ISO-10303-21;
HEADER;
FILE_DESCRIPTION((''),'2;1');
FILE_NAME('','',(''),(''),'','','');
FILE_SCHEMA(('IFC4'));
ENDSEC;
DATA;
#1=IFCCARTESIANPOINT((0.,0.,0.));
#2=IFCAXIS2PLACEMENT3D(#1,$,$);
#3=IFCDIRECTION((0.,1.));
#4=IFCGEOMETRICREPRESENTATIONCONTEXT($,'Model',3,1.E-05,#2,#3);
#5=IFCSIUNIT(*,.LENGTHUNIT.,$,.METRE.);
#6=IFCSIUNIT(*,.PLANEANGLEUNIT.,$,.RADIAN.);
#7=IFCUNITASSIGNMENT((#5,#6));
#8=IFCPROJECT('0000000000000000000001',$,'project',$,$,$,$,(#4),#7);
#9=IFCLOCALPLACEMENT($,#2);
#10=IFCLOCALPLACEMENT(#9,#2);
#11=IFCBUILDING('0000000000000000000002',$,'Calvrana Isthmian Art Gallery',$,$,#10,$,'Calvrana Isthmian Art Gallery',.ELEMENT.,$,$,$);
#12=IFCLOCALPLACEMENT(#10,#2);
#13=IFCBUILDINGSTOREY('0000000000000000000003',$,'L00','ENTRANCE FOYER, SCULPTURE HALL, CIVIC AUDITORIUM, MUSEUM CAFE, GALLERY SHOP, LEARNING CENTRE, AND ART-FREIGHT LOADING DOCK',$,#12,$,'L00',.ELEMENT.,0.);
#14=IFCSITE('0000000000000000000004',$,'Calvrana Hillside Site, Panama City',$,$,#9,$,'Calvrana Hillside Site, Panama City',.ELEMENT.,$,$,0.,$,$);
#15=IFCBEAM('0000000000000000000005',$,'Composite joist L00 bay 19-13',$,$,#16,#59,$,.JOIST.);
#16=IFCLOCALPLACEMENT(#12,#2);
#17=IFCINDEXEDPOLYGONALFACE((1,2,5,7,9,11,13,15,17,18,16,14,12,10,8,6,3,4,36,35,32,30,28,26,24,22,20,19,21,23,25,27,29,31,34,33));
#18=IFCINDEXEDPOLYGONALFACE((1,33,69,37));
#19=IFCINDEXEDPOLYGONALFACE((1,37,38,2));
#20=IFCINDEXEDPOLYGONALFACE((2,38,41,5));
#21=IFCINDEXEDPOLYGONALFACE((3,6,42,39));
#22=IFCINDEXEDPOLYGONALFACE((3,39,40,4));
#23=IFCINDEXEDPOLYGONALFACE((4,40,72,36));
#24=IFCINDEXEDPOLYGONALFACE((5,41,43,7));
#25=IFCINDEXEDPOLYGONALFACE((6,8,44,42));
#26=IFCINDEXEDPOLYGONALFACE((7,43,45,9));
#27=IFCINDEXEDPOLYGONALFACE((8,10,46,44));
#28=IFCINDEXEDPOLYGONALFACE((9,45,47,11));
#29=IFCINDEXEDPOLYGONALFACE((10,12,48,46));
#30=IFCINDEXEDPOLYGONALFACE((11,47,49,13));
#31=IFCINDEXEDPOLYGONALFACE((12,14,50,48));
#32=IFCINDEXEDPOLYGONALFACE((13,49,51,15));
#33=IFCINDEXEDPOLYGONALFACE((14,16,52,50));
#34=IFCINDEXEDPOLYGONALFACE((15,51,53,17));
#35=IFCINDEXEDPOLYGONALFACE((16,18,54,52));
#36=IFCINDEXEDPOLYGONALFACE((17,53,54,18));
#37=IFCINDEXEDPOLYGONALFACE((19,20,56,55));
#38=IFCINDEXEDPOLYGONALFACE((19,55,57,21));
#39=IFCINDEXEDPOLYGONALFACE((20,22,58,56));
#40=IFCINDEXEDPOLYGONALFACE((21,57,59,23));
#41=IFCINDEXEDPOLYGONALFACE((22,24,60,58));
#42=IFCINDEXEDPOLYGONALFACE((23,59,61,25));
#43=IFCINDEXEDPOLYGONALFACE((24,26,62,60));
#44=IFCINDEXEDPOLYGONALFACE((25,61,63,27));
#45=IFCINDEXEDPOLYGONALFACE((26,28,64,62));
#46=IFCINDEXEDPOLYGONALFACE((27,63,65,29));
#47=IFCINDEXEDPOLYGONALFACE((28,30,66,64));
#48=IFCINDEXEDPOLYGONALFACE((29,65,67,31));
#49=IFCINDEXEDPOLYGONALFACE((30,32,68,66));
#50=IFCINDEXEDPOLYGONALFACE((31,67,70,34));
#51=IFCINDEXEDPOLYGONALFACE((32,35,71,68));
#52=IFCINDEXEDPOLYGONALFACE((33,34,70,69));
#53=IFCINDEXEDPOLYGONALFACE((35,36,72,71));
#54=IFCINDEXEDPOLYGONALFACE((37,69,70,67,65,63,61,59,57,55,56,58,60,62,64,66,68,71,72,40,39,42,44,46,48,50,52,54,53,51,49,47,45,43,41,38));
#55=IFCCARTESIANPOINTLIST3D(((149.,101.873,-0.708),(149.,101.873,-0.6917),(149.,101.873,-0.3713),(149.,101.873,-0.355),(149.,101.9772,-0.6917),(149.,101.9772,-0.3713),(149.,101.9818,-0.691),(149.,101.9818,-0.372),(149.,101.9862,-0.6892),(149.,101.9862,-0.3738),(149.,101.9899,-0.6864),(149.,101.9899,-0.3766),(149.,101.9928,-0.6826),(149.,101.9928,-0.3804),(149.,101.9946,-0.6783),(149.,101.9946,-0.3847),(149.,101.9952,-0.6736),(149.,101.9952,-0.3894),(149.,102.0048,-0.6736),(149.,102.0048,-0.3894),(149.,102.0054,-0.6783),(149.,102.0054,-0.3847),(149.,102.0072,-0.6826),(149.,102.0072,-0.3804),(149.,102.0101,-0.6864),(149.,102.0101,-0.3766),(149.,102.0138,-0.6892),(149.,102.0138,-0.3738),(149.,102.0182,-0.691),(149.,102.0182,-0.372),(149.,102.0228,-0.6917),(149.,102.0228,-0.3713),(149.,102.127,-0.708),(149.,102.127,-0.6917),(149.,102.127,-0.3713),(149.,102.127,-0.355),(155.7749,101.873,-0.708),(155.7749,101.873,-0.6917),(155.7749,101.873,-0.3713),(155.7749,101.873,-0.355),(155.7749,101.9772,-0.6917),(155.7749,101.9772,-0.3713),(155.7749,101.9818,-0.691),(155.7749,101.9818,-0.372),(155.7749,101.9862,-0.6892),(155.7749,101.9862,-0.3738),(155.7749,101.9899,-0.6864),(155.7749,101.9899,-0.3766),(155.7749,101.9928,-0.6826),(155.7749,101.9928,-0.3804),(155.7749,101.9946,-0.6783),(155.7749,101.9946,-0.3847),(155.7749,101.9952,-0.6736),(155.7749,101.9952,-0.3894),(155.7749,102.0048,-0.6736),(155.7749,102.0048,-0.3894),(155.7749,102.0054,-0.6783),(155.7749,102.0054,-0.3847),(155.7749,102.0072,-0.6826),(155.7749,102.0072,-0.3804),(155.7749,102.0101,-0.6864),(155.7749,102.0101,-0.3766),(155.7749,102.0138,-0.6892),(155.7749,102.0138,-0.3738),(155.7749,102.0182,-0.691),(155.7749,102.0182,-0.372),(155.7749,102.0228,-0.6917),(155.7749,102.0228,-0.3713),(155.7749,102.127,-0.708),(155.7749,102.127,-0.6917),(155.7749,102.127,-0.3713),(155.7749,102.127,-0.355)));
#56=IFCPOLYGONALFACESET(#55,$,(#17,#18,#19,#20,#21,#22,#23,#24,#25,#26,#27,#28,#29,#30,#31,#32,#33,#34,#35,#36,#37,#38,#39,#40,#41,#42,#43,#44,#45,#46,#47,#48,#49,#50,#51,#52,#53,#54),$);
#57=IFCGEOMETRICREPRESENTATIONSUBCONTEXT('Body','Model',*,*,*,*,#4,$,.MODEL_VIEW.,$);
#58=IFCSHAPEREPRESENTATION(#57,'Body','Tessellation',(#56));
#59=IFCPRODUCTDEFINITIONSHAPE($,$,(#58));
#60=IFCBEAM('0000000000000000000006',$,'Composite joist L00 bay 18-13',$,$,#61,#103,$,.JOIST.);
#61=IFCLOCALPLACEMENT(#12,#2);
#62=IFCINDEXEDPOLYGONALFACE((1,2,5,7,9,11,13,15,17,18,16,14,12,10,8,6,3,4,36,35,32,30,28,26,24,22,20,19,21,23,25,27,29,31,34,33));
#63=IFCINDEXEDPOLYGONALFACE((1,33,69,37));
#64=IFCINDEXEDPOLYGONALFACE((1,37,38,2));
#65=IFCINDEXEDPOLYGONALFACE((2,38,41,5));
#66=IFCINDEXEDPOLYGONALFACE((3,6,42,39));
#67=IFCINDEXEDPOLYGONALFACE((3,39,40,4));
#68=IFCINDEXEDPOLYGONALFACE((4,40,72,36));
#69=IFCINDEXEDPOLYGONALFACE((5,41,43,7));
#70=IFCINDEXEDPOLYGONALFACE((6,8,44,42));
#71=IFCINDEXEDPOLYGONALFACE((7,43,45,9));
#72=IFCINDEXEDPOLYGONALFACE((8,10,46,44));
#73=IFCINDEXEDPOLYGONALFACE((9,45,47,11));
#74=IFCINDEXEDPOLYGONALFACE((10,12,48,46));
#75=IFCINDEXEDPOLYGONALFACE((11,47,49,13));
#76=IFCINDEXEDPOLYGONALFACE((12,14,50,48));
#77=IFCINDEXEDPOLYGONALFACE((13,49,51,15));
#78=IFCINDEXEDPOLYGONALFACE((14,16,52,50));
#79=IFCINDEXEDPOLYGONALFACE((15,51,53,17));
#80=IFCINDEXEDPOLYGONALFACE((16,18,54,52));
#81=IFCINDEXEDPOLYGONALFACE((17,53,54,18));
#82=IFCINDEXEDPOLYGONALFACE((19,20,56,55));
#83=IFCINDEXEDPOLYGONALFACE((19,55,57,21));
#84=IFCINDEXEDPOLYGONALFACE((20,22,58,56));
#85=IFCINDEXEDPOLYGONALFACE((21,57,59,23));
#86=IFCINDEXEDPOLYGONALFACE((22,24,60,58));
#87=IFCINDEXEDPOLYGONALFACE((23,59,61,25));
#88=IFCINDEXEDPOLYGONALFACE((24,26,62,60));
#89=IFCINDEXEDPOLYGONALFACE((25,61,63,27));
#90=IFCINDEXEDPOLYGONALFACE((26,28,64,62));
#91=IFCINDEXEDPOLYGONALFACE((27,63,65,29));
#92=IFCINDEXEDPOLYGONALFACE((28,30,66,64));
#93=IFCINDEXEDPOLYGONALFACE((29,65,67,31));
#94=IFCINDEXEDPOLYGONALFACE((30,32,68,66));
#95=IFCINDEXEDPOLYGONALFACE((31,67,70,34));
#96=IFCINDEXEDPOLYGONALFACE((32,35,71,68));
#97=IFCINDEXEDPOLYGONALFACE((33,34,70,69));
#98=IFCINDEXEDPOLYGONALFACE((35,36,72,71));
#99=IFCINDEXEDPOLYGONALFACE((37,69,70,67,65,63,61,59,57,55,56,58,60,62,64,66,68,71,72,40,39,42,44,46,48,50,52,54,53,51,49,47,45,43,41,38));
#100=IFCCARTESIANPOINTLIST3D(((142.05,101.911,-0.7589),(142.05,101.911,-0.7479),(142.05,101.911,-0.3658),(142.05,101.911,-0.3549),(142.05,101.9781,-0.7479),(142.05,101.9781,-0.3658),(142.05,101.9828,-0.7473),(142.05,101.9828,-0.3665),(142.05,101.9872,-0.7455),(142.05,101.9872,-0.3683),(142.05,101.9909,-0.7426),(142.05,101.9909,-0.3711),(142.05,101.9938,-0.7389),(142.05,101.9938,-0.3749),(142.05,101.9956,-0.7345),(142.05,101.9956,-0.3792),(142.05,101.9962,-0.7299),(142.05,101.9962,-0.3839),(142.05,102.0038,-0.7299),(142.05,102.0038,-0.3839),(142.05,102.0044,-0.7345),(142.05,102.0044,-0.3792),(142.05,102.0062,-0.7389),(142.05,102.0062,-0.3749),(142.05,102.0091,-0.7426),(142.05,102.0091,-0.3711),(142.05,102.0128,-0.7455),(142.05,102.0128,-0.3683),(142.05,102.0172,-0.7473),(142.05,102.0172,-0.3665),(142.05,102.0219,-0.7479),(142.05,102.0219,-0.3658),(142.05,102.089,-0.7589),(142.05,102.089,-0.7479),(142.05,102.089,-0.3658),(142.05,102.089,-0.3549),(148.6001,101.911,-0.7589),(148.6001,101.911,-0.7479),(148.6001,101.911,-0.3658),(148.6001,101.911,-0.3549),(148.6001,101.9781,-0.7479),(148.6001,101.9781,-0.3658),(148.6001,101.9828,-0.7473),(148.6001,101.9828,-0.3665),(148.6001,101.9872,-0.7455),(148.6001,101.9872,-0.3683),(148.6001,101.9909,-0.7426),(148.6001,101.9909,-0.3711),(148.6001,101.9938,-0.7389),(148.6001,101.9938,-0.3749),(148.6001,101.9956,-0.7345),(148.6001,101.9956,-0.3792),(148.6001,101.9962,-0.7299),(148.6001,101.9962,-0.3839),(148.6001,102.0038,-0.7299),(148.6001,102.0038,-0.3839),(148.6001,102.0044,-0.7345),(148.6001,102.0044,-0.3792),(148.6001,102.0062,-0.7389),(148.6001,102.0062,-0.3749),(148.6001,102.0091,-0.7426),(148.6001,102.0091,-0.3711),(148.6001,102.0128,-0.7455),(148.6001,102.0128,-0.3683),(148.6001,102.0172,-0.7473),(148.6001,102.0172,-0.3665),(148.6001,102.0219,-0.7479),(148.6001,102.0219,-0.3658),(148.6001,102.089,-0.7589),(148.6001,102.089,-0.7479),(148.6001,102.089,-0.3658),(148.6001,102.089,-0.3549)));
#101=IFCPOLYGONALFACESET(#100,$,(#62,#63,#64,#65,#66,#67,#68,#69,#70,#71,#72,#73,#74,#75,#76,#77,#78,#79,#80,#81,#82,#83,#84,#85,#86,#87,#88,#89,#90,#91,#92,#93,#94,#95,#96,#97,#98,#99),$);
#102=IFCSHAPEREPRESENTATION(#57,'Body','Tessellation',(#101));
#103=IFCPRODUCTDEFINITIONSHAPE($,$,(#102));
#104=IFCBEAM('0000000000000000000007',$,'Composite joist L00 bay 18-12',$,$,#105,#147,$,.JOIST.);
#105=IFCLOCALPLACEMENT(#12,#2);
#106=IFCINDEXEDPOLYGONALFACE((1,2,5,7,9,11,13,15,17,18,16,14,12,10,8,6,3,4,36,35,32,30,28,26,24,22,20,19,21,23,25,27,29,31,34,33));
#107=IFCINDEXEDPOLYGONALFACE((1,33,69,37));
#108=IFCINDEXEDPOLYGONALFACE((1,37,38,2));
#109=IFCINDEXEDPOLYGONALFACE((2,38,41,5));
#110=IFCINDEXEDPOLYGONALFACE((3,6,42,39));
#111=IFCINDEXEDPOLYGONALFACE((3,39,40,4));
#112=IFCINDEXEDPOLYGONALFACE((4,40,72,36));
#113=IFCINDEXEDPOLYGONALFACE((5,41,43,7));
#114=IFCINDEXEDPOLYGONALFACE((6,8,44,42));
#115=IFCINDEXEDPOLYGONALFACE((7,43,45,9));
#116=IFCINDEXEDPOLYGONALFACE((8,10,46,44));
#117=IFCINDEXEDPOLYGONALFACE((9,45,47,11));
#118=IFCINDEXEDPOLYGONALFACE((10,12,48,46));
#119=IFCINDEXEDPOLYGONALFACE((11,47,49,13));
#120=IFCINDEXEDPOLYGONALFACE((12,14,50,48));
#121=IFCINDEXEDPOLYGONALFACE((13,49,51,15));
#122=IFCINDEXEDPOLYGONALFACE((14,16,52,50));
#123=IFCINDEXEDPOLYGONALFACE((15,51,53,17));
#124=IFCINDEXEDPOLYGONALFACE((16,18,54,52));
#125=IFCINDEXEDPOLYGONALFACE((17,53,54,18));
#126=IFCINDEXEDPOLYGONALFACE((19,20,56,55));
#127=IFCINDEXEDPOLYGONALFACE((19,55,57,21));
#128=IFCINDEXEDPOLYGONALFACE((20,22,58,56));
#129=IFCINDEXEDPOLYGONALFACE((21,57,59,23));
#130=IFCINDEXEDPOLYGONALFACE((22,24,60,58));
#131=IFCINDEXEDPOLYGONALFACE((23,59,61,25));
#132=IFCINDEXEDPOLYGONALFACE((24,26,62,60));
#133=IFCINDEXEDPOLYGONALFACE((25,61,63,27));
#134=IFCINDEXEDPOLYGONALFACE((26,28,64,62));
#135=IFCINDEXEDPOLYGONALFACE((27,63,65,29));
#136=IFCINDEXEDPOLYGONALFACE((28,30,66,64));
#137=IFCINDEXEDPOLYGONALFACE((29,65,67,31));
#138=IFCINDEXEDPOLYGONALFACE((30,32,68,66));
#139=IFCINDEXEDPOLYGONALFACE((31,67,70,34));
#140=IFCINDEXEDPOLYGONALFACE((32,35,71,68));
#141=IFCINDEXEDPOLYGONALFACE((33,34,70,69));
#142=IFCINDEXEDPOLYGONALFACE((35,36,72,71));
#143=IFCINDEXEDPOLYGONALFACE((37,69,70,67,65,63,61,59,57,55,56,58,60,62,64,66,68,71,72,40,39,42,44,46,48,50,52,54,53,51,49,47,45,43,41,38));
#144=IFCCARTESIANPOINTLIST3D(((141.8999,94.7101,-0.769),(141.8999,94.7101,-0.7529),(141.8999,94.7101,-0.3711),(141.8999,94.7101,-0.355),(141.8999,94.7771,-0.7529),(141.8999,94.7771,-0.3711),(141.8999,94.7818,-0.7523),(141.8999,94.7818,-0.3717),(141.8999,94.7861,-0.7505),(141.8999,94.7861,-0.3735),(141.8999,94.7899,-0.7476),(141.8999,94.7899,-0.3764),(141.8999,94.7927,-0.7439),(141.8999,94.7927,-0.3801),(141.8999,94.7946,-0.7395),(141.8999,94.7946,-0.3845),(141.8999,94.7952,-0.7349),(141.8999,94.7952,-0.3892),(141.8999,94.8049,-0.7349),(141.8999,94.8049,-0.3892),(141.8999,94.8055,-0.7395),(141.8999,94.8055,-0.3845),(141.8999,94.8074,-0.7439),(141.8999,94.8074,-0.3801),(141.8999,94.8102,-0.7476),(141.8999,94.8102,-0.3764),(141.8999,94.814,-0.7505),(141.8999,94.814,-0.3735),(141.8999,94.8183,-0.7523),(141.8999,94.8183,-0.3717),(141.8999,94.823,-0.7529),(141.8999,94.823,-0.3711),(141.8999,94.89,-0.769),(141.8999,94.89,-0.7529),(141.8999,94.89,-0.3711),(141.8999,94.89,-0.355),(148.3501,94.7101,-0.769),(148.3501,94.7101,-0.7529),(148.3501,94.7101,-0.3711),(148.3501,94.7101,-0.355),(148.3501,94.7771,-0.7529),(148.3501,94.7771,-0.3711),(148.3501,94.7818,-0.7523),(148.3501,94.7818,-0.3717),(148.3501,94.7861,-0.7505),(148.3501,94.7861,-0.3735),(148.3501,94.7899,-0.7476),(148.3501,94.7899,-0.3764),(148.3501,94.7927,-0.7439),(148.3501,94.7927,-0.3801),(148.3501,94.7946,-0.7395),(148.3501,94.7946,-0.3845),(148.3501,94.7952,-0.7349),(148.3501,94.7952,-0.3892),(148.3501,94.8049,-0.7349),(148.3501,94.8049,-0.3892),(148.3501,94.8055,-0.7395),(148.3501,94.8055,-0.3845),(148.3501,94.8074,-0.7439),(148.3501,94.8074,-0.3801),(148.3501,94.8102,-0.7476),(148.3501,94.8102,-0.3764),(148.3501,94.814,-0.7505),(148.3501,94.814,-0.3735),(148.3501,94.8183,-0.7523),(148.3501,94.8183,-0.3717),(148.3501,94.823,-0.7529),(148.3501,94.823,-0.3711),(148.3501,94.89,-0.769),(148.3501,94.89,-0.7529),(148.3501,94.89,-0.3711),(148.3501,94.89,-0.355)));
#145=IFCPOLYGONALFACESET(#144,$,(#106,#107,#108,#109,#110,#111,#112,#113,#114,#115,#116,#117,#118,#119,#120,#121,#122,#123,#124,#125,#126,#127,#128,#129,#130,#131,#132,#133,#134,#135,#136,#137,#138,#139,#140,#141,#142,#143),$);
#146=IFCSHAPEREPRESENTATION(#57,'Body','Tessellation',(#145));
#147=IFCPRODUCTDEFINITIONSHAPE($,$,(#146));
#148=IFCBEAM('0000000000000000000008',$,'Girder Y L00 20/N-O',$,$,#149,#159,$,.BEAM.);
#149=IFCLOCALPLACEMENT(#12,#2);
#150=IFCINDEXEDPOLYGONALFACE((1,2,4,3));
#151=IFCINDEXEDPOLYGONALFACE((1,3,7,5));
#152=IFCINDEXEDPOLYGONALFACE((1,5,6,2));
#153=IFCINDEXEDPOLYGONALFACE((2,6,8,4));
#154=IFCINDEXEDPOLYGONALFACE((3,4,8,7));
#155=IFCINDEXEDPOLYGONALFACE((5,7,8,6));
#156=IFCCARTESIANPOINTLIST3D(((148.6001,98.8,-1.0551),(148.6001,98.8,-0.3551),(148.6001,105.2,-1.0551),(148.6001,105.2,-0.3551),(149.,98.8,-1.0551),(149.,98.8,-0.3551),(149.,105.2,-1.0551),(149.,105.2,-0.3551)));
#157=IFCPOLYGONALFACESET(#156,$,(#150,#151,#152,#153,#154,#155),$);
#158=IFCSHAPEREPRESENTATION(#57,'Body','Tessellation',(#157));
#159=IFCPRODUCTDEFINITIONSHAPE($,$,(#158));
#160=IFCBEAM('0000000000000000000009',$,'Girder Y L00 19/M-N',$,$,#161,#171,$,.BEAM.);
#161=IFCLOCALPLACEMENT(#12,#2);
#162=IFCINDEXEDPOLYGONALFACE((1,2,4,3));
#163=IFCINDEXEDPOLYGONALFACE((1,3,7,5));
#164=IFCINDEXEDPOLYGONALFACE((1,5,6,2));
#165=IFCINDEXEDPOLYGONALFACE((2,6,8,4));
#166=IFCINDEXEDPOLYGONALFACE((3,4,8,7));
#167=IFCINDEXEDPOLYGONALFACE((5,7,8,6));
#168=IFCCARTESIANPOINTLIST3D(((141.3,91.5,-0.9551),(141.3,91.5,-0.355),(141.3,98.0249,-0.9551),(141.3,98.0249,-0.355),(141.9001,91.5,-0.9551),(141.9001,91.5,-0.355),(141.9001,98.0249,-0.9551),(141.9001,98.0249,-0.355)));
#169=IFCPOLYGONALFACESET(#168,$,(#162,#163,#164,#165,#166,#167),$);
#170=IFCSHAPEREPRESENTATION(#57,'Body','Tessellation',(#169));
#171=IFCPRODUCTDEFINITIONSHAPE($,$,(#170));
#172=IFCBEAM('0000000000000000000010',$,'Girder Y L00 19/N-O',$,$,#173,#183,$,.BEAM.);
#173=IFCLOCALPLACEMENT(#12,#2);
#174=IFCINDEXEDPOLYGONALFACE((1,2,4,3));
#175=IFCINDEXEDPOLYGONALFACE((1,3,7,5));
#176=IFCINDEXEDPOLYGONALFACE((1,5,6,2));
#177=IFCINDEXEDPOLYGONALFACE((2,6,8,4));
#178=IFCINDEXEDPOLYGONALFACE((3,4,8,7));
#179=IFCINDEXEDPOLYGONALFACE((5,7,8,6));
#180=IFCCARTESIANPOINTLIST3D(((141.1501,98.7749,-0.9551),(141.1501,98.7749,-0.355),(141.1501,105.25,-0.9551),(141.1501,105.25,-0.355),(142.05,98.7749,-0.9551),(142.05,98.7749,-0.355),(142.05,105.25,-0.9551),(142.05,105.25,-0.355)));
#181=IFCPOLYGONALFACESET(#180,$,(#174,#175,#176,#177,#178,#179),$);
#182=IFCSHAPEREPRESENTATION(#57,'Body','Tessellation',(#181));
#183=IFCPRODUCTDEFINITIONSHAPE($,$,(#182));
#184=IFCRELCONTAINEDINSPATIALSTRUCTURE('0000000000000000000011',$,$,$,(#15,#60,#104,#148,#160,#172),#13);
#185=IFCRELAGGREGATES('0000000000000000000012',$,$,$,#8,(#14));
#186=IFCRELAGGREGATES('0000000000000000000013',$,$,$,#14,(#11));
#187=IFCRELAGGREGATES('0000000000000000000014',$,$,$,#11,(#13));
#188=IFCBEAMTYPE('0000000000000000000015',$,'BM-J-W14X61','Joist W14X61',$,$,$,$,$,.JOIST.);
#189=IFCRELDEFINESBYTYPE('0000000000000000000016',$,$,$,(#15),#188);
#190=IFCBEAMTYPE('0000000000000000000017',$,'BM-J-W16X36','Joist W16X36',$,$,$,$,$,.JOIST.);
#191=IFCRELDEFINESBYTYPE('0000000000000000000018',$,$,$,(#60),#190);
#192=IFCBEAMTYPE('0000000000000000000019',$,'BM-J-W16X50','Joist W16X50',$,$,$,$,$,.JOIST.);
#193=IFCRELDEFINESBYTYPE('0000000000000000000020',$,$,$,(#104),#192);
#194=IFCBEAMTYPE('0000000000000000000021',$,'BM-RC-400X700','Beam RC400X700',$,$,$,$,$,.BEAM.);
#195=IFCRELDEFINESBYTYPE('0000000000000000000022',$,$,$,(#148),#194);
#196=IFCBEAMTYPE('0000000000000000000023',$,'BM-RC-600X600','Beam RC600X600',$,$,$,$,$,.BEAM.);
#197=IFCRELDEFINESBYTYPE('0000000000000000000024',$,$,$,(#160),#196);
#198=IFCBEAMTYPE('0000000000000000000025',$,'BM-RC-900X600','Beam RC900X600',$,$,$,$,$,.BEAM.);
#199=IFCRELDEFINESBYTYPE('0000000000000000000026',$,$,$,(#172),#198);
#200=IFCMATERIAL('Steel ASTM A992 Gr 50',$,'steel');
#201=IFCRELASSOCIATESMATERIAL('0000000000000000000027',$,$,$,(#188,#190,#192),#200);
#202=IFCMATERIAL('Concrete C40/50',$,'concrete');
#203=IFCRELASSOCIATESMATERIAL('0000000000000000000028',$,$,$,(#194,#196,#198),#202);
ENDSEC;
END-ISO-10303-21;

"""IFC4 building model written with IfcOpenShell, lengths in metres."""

from ifc_helpers import new_model, si_unit, direction, frame, origin, origin_2d, place, context, subcontext, project, spatial, rectangle, i_section, extrude, material, material_profile, profile_set, type_object, element, save


model = new_model("IFC4")

# Units and contexts
model_context = context("Model", 3, precision=1e-05, world=origin(), true_north=direction((0.0, 1.0)))
body_context = subcontext(model_context, "Body", "Model", "MODEL_VIEW")
ifc_project = project(units=[si_unit("LENGTHUNIT", "METRE"), si_unit("PLANEANGLEUNIT", "RADIAN")], contexts=[model_context])

# Site, building, storey
site_placement = place(None, origin())
site = spatial("IfcSite", under=ifc_project, at=site_placement, Name="Calvrana Hillside Site, Panama City", LongName="Calvrana Hillside Site, Panama City", CompositionType="ELEMENT", RefElevation=0.0)
building_placement = place(site_placement, origin())
building = spatial("IfcBuilding", under=site, at=building_placement, Name="Calvrana Isthmian Art Gallery", LongName="Calvrana Isthmian Art Gallery", CompositionType="ELEMENT")
storey_placement = place(building_placement, origin())
storey = spatial("IfcBuildingStorey", under=building, at=storey_placement, Name="L00", Description="ENTRANCE FOYER, SCULPTURE HALL, CIVIC AUDITORIUM, MUSEUM CAFE, GALLERY SHOP, LEARNING CENTRE, AND ART-FREIGHT LOADING DOCK", LongName="L00", CompositionType="ELEMENT", Elevation=0.0)

# Shared definitions
ifc_material_1 = material(Name="Concrete C40/50", Category="concrete")

# Beams
ifc_material_2 = material(Name="Steel ASTM A992 Gr 50", Category="steel")
ifc_material_profile_1 = material_profile(ifc_material_2, i_section(OverallWidth=0.2539, OverallDepth=0.353, WebThickness=0.0095, FlangeThickness=0.0164, FilletRadius=0.0181, at=origin_2d()), Name="W14X61")
ifc_profile_set_1 = profile_set([ifc_material_profile_1], Name="Steel ASTM A992 Gr 50")
beam_type_1 = type_object("IfcBeamType", Name="BM-J-W14X61", Description="Joist W14X61", PredefinedType="JOIST", material=ifc_profile_set_1)
beam_1_placement = place(storey_placement, frame((149.0, 102.0, -0.5315), z_axis=(1.0, 0.0, 0.0), x_axis=(0.0, 1.0, 0.0)))
element("IfcBeam", 1, at=beam_1_placement, inside=storey, type_object=beam_type_1, Name="Composite joist L00 bay 19-13", PredefinedType="JOIST", context=body_context, shape_type="SweptSolid", body=[
    extrude(i_section(OverallWidth=0.2539, OverallDepth=0.353, WebThickness=0.0095, FlangeThickness=0.0164, FilletRadius=0.0181, at=origin_2d()), origin(), (0.0, 0.0, 1.0), 6.7749),
])
ifc_material_profile_2 = material_profile(ifc_material_2, i_section(OverallWidth=0.178, OverallDepth=0.4041, WebThickness=0.0076, FlangeThickness=0.011, FilletRadius=0.0181, at=origin_2d()), Name="W16X36")
ifc_profile_set_2 = profile_set([ifc_material_profile_2], Name="Steel ASTM A992 Gr 50")
beam_type_2 = type_object("IfcBeamType", Name="BM-J-W16X36", Description="Joist W16X36", PredefinedType="JOIST", material=ifc_profile_set_2)
beam_2_placement = place(storey_placement, frame((142.05, 102.0, -0.5569), z_axis=(1.0, 0.0, 0.0), x_axis=(0.0, 1.0, 0.0)))
element("IfcBeam", 2, at=beam_2_placement, inside=storey, type_object=beam_type_2, Name="Composite joist L00 bay 18-13", PredefinedType="JOIST", context=body_context, shape_type="SweptSolid", body=[
    extrude(i_section(OverallWidth=0.178, OverallDepth=0.4041, WebThickness=0.0076, FlangeThickness=0.011, FilletRadius=0.0181, at=origin_2d()), origin(), (0.0, 0.0, 1.0), 6.55),
])
ifc_material_profile_3 = material_profile(ifc_material_2, i_section(OverallWidth=0.1799, OverallDepth=0.4141, WebThickness=0.0098, FlangeThickness=0.0161, FilletRadius=0.0181, at=origin_2d()), Name="W16X50")
ifc_profile_set_3 = profile_set([ifc_material_profile_3], Name="Steel ASTM A992 Gr 50")
beam_type_3 = type_object("IfcBeamType", Name="BM-J-W16X50", Description="Joist W16X50", PredefinedType="JOIST", material=ifc_profile_set_3)
beam_3_placement = place(storey_placement, frame((141.8999, 94.8, -0.562), z_axis=(1.0, 0.0, 0.0), x_axis=(0.0, 1.0, 0.0)))
element("IfcBeam", 3, at=beam_3_placement, inside=storey, type_object=beam_type_3, Name="Composite joist L00 bay 18-12", PredefinedType="JOIST", context=body_context, shape_type="SweptSolid", body=[
    extrude(i_section(OverallWidth=0.1799, OverallDepth=0.4141, WebThickness=0.0098, FlangeThickness=0.0161, FilletRadius=0.0181, at=origin_2d()), origin(), (0.0, 0.0, 1.0), 6.4502),
])
ifc_material_profile_4 = material_profile(ifc_material_1, rectangle(XDim=0.3999, YDim=0.7, at=origin_2d()), Name="RC400X700")
ifc_profile_set_4 = profile_set([ifc_material_profile_4], Name="Concrete C40/50")
beam_type_4 = type_object("IfcBeamType", Name="BM-RC-400X700", Description="Beam RC400X700", PredefinedType="BEAM", material=ifc_profile_set_4)
beam_4_placement = place(storey_placement, frame((148.8, 98.8, -0.7051), z_axis=(0.0, 1.0, 0.0), x_axis=(-1.0, 0.0, 0.0)))
element("IfcBeam", 4, at=beam_4_placement, inside=storey, type_object=beam_type_4, Name="Girder Y L00 20/N-O", PredefinedType="BEAM", context=body_context, shape_type="SweptSolid", body=[
    extrude(rectangle(XDim=0.3999, YDim=0.7, at=origin_2d()), origin(), (0.0, 0.0, 1.0), 6.3999),
])
ifc_material_profile_5 = material_profile(ifc_material_1, rectangle(XDim=0.6001, YDim=0.6001, at=origin_2d()), Name="RC600X600")
ifc_profile_set_5 = profile_set([ifc_material_profile_5], Name="Concrete C40/50")
beam_type_5 = type_object("IfcBeamType", Name="BM-RC-600X600", Description="Beam RC600X600", PredefinedType="BEAM", material=ifc_profile_set_5)
beam_5_placement = place(storey_placement, frame((141.6001, 91.5, -0.655), z_axis=(0.0, 1.0, 0.0), x_axis=(-1.0, 0.0, 0.0)))
element("IfcBeam", 5, at=beam_5_placement, inside=storey, type_object=beam_type_5, Name="Girder Y L00 19/M-N", PredefinedType="BEAM", context=body_context, shape_type="SweptSolid", body=[
    extrude(rectangle(XDim=0.6001, YDim=0.6001, at=origin_2d()), origin(), (0.0, 0.0, 1.0), 6.5249),
])
ifc_material_profile_6 = material_profile(ifc_material_1, rectangle(XDim=0.8999, YDim=0.6001, at=origin_2d()), Name="RC900X600")
ifc_profile_set_6 = profile_set([ifc_material_profile_6], Name="Concrete C40/50")
beam_type_6 = type_object("IfcBeamType", Name="BM-RC-900X600", Description="Beam RC900X600", PredefinedType="BEAM", material=ifc_profile_set_6)
beam_6_placement = place(storey_placement, frame((141.6001, 98.7749, -0.655), z_axis=(0.0, 1.0, 0.0), x_axis=(-1.0, 0.0, 0.0)))
element("IfcBeam", 6, at=beam_6_placement, inside=storey, type_object=beam_type_6, Name="Girder Y L00 19/N-O", PredefinedType="BEAM", context=body_context, shape_type="SweptSolid", body=[
    extrude(rectangle(XDim=0.8999, YDim=0.6001, at=origin_2d()), origin(), (0.0, 0.0, 1.0), 6.4751),
])

save(model, "model.ifc")
